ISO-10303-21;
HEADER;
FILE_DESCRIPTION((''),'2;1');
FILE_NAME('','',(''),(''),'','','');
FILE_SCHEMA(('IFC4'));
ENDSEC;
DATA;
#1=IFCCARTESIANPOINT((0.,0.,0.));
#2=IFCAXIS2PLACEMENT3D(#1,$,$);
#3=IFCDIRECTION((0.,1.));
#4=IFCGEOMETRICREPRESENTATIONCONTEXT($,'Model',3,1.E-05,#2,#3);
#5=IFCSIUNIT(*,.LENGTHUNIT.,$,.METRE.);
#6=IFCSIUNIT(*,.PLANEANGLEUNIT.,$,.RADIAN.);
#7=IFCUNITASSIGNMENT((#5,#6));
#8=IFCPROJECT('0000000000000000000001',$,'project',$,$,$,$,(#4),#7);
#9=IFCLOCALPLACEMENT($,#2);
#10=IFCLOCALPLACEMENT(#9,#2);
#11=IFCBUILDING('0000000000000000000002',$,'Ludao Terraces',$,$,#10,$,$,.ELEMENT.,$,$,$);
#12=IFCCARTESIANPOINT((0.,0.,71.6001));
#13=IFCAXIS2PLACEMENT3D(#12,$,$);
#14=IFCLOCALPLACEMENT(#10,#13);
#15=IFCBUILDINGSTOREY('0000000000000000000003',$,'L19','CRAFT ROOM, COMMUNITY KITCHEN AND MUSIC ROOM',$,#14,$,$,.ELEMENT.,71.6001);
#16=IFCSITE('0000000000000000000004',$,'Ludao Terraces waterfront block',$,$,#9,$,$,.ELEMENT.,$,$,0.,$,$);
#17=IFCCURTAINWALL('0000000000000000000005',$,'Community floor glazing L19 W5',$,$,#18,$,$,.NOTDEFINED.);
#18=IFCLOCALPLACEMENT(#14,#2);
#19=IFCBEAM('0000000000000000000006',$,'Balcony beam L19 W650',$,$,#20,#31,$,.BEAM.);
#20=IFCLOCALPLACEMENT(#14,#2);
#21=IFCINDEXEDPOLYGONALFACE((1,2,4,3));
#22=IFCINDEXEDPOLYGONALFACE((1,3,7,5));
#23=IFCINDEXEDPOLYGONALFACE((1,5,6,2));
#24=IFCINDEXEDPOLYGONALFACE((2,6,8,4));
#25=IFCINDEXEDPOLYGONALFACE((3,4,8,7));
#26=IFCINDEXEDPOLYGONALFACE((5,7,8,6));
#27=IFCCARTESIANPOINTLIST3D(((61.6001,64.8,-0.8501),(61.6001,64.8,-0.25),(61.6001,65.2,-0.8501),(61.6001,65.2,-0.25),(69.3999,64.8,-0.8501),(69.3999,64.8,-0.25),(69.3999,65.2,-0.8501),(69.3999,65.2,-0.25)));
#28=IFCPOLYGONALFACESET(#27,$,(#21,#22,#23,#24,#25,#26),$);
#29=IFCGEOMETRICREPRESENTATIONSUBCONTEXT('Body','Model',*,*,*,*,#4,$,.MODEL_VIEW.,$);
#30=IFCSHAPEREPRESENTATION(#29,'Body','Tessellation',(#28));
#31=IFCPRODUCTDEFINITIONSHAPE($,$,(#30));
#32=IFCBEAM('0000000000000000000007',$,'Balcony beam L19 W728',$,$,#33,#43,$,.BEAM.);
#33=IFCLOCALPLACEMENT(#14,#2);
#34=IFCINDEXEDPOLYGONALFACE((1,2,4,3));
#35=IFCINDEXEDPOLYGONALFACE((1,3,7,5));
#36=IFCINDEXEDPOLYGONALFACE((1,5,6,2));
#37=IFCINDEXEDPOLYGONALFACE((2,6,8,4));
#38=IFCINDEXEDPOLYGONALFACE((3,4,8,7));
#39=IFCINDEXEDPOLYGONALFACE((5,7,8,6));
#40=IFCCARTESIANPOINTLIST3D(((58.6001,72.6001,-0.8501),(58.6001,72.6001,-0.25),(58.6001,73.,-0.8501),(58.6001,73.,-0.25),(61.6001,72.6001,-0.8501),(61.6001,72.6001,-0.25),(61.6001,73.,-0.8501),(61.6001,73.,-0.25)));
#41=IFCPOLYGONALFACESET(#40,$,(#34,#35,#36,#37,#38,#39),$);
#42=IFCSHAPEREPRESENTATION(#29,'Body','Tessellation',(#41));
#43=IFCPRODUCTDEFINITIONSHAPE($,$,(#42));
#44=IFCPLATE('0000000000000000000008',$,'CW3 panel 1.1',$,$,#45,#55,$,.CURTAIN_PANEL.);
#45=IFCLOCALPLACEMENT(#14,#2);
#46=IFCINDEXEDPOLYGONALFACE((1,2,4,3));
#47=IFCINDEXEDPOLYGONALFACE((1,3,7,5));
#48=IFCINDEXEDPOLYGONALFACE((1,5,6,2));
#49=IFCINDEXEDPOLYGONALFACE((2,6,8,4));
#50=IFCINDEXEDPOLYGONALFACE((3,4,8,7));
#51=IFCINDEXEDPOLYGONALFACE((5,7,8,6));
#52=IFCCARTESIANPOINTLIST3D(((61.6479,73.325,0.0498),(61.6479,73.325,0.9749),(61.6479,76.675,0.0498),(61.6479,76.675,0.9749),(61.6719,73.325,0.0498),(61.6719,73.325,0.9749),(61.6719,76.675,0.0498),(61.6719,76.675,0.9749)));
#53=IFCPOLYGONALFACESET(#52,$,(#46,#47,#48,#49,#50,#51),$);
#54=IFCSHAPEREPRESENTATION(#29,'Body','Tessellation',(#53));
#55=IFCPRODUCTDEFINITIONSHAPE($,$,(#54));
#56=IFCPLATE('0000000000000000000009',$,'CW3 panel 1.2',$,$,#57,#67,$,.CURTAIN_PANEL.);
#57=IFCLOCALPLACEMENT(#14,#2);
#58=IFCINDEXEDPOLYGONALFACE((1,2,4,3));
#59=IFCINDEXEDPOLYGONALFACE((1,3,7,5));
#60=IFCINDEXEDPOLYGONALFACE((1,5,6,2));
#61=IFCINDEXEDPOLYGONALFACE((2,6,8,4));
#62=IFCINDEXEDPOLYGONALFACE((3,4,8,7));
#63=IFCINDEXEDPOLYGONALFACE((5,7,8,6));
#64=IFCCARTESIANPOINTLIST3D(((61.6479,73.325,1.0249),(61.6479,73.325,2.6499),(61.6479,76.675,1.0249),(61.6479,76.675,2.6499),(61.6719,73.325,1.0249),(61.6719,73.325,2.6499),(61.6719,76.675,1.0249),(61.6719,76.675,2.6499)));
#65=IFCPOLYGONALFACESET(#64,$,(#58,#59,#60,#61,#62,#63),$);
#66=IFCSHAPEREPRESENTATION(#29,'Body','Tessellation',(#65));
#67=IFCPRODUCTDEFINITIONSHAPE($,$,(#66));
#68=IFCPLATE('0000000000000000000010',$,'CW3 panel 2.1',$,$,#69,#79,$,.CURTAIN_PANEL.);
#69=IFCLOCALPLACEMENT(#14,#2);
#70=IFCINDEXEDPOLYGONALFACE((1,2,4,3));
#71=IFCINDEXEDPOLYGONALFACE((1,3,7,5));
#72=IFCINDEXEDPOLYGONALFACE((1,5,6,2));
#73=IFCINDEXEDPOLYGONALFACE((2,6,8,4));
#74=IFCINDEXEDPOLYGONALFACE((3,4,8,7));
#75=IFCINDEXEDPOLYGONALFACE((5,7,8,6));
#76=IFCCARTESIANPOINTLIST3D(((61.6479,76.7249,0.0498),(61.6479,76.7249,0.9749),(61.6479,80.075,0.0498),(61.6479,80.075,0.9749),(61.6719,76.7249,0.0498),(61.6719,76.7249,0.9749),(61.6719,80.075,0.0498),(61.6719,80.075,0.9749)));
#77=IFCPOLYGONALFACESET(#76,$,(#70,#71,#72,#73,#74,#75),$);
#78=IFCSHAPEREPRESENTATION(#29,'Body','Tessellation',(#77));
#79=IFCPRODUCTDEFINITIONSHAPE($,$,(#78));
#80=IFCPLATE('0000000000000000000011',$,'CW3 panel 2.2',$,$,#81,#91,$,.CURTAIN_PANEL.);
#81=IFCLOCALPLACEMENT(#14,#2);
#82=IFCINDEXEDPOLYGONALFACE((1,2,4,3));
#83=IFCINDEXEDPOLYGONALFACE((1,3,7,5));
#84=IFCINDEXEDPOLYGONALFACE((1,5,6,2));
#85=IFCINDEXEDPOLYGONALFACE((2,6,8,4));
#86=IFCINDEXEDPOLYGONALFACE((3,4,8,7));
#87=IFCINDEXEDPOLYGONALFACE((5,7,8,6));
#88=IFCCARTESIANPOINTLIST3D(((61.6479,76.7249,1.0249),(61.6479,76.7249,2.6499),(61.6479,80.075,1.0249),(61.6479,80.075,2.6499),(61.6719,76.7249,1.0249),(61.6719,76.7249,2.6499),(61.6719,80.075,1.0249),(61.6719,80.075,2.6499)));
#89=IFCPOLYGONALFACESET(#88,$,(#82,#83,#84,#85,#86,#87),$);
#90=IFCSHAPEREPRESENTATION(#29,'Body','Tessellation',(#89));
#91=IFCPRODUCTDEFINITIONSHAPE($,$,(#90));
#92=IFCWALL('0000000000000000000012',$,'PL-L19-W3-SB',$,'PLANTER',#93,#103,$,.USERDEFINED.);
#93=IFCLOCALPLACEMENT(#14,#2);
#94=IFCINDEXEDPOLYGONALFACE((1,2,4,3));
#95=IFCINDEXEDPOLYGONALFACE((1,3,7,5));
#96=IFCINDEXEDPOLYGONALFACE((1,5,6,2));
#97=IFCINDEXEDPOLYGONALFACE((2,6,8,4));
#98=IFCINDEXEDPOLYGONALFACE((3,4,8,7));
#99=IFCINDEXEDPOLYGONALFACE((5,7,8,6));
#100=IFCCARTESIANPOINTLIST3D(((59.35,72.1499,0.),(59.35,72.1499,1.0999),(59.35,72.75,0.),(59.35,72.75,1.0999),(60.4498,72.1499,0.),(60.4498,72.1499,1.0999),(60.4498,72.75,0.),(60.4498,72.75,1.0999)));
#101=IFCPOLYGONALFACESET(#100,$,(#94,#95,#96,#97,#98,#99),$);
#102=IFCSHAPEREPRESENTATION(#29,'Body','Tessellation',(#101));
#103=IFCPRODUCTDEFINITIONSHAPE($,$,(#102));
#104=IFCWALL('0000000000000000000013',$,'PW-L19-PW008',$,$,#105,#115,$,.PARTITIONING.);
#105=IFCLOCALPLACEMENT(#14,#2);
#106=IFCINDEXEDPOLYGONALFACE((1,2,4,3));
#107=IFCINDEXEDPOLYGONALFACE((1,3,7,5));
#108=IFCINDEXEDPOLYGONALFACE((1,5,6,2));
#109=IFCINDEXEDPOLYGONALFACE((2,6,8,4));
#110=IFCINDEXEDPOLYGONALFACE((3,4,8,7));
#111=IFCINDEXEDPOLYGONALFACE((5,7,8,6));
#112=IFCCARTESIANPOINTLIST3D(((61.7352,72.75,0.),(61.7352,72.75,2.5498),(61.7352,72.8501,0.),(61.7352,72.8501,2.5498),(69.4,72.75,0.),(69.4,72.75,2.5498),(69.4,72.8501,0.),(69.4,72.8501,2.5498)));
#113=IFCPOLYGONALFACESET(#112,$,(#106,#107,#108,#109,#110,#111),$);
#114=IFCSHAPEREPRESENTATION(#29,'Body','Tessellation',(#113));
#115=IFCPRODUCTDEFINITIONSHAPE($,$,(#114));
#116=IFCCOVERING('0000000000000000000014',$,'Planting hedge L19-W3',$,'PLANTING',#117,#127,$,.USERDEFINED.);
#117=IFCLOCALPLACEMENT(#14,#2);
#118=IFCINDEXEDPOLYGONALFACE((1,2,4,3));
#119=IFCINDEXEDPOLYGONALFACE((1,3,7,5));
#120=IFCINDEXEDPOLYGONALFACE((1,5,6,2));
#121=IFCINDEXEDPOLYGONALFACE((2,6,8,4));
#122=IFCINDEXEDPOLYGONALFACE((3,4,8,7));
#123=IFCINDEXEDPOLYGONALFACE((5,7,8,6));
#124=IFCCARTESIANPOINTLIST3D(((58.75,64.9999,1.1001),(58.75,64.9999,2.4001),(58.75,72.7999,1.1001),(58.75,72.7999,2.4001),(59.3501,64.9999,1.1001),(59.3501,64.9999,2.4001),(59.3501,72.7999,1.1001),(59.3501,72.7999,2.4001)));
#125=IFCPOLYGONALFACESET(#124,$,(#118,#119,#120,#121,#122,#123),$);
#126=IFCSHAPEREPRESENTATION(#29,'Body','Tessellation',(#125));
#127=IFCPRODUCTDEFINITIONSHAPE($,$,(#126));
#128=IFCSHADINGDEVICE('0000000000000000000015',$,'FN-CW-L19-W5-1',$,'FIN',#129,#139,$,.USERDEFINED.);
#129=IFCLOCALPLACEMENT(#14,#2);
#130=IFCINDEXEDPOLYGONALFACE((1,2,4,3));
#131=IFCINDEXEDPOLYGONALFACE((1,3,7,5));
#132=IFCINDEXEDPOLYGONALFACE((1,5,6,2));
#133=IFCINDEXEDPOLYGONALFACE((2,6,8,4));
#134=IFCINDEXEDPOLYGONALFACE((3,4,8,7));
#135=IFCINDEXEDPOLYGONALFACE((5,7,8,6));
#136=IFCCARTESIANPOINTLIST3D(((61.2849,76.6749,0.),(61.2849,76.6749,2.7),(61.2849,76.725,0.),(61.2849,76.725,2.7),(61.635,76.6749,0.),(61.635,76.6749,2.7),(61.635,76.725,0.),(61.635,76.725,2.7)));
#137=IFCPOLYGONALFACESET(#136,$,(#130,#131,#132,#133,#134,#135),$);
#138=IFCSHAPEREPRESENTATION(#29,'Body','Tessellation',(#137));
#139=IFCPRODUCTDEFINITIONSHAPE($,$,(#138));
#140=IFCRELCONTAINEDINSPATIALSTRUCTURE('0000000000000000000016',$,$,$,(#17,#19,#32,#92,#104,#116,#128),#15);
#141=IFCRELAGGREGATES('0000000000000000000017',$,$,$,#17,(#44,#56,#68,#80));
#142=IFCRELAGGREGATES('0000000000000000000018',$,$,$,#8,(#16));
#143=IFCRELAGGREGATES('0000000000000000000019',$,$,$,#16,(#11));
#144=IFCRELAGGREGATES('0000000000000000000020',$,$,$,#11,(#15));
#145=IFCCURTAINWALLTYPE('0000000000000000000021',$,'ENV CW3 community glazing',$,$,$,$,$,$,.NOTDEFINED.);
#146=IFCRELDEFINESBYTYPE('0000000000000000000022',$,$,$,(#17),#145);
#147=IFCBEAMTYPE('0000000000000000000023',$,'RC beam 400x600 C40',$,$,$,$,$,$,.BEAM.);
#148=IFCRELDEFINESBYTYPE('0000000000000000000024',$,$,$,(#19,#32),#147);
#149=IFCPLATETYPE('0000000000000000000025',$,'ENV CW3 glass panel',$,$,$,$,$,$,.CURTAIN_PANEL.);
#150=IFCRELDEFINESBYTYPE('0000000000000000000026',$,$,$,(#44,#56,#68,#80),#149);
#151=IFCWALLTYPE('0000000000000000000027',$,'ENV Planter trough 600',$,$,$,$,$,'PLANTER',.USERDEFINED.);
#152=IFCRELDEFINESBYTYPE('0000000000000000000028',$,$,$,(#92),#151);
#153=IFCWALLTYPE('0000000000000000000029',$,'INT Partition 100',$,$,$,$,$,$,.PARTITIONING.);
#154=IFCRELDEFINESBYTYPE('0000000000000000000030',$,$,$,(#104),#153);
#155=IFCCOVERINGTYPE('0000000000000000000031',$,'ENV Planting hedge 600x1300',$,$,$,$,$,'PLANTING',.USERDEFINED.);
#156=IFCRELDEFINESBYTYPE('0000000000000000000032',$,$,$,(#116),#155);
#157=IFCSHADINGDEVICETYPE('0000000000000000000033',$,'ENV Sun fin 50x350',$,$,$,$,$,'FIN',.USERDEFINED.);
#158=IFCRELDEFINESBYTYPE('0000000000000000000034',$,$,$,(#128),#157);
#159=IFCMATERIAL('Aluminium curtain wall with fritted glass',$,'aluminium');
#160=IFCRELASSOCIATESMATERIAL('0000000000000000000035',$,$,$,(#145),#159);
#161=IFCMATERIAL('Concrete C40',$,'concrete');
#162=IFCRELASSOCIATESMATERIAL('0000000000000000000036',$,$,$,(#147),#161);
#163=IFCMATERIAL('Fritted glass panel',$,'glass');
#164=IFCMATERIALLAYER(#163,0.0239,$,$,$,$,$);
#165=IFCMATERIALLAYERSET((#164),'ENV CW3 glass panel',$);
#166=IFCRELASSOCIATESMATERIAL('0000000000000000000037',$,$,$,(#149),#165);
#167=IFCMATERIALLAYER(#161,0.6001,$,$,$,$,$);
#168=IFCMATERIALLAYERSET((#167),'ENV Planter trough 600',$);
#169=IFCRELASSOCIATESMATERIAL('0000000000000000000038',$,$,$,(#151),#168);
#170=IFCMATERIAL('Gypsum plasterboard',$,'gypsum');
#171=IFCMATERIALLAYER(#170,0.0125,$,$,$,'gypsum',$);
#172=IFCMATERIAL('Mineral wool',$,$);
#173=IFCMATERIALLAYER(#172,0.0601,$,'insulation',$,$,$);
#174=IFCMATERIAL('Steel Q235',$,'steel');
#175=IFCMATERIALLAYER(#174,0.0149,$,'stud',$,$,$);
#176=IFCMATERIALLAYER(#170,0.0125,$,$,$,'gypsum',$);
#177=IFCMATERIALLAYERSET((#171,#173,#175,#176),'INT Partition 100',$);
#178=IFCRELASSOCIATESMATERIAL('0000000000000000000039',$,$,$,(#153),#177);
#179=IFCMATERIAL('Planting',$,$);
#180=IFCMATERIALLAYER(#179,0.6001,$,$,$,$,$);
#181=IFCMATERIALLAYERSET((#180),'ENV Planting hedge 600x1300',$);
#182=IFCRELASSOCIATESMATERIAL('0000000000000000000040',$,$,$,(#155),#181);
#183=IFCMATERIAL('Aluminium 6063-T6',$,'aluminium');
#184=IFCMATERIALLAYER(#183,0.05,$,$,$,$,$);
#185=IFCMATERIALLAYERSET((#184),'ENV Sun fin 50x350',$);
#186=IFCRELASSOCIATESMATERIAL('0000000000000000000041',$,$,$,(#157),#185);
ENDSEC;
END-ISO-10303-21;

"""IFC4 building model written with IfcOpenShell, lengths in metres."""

from ifc_helpers import new_model, si_unit, direction, frame, frame_2d, origin, origin_2d, place, context, subcontext, project, spatial, rectangle, extrude, material, layer, layer_set, material_profile, profile_set, type_object, element, aggregate, save


model = new_model("IFC4")

# Units and contexts
model_context = context("Model", 3, precision=1e-05, world=origin(), true_north=direction((0.0, 1.0)))
body_context = subcontext(model_context, "Body", "Model", "MODEL_VIEW")
ifc_project = project(units=[si_unit("LENGTHUNIT", "METRE"), si_unit("PLANEANGLEUNIT", "RADIAN")], contexts=[model_context])

# Site, building, storey
site_placement = place(None, origin())
site = spatial("IfcSite", under=ifc_project, at=site_placement, Name="Ludao Terraces waterfront block", CompositionType="ELEMENT", RefElevation=0.0)
building_placement = place(site_placement, origin())
building = spatial("IfcBuilding", under=site, at=building_placement, Name="Ludao Terraces", CompositionType="ELEMENT")
storey_placement = place(building_placement, frame((0.0, 0.0, 71.6001)))
storey = spatial("IfcBuildingStorey", under=building, at=storey_placement, Name="L19", Description="CRAFT ROOM, COMMUNITY KITCHEN AND MUSIC ROOM", CompositionType="ELEMENT", Elevation=71.6001)

# Curtain wall
ifc_material_1 = material(Name="Aluminium curtain wall with fritted glass", Category="aluminium")
curtain_wall_type = type_object("IfcCurtainWallType", Name="ENV CW3 community glazing", PredefinedType="NOTDEFINED", material=ifc_material_1)
curtain_wall_placement = place(storey_placement, origin())
curtain_wall = element("IfcCurtainWall", 1, at=curtain_wall_placement, inside=storey, type_object=curtain_wall_type, Name="Community floor glazing L19 W5", PredefinedType="NOTDEFINED")
ifc_material_2 = material(Name="Aluminium 6063-T6", Category="aluminium")

# Beams
ifc_material_3 = material(Name="Concrete C40", Category="concrete")
ifc_material_profile_1 = material_profile(ifc_material_3, rectangle(XDim=0.3999, YDim=0.6001, at=origin_2d()), Name="400 X 600")
ifc_profile_set_1 = profile_set([ifc_material_profile_1], Name="Concrete C40")
beam_type_1 = type_object("IfcBeamType", Name="RC beam 400x600 C40", PredefinedType="BEAM", material=ifc_profile_set_1)
beam_1_placement = place(storey_placement, frame((69.3999, 65.0, -0.55), z_axis=(-1.0, 0.0, 0.0), x_axis=(0.0, -1.0, 0.0)))
element("IfcBeam", 2, at=beam_1_placement, inside=storey, type_object=beam_type_1, Name="Balcony beam L19 W650", PredefinedType="BEAM", context=body_context, shape_type="SweptSolid", body=[
    extrude(rectangle(XDim=0.3999, YDim=0.6001, at=origin_2d()), origin(), (0.0, 0.0, 1.0), 7.7998),
])
beam_2_placement = place(storey_placement, frame((61.6001, 72.8, -0.55), z_axis=(-1.0, 0.0, 0.0), x_axis=(0.0, -1.0, 0.0)))
element("IfcBeam", 3, at=beam_2_placement, inside=storey, type_object=beam_type_1, Name="Balcony beam L19 W728", PredefinedType="BEAM", context=body_context, shape_type="SweptSolid", body=[
    extrude(rectangle(XDim=0.3999, YDim=0.6001, at=origin_2d()), origin(), (0.0, 0.0, 1.0), 3.0),
])

# Plates
ifc_material_4 = material(Name="Fritted glass panel", Category="glass")
ifc_layer_1 = layer(ifc_material_4, 0.0239)
ifc_layer_set_1 = layer_set([ifc_layer_1], Name="ENV CW3 glass panel")
plate_type = type_object("IfcPlateType", Name="ENV CW3 glass panel", PredefinedType="CURTAIN_PANEL", material=ifc_layer_set_1)
plate_1_placement = place(storey_placement, frame((61.6599, 75.0, 0.0498), z_axis=(0.0, 0.0, 1.0), x_axis=(0.0, 1.0, 0.0)))
plate_1 = element("IfcPlate", 4, at=plate_1_placement, type_object=plate_type, Name="CW3 panel 1.1", PredefinedType="CURTAIN_PANEL", context=body_context, shape_type="SweptSolid", body=[
    extrude(rectangle(XDim=3.3501, YDim=0.0239, at=origin_2d()), origin(), (0.0, 0.0, 1.0), 0.925),
])
plate_2_placement = place(storey_placement, frame((61.6599, 75.0, 1.0249), z_axis=(0.0, 0.0, 1.0), x_axis=(0.0, 1.0, 0.0)))
plate_2 = element("IfcPlate", 5, at=plate_2_placement, type_object=plate_type, Name="CW3 panel 1.2", PredefinedType="CURTAIN_PANEL", context=body_context, shape_type="SweptSolid", body=[
    extrude(rectangle(XDim=3.3501, YDim=0.0239, at=origin_2d()), origin(), (0.0, 0.0, 1.0), 1.625),
])
plate_3_placement = place(storey_placement, frame((61.6599, 78.3999, 0.0498), z_axis=(0.0, 0.0, 1.0), x_axis=(0.0, 1.0, 0.0)))
plate_3 = element("IfcPlate", 6, at=plate_3_placement, type_object=plate_type, Name="CW3 panel 2.1", PredefinedType="CURTAIN_PANEL", context=body_context, shape_type="SweptSolid", body=[
    extrude(rectangle(XDim=3.3501, YDim=0.0239, at=origin_2d()), origin(), (0.0, 0.0, 1.0), 0.925),
])
plate_4_placement = place(storey_placement, frame((61.6599, 78.3999, 1.0249), z_axis=(0.0, 0.0, 1.0), x_axis=(0.0, 1.0, 0.0)))
plate_4 = element("IfcPlate", 7, at=plate_4_placement, type_object=plate_type, Name="CW3 panel 2.2", PredefinedType="CURTAIN_PANEL", context=body_context, shape_type="SweptSolid", body=[
    extrude(rectangle(XDim=3.3501, YDim=0.0239, at=origin_2d()), origin(), (0.0, 0.0, 1.0), 1.625),
])
aggregate(curtain_wall, [plate_1, plate_2, plate_3, plate_4])

# Wall
ifc_layer_2 = layer(ifc_material_3, 0.6001)
ifc_layer_set_2 = layer_set([ifc_layer_2], Name="ENV Planter trough 600")
wall_type_1 = type_object("IfcWallType", Name="ENV Planter trough 600", ElementType="PLANTER", PredefinedType="USERDEFINED", material=ifc_layer_set_2)
wall_1_placement = place(storey_placement, frame((59.3501, 72.45, 0.0), z_axis=(0.0, 0.0, 1.0), x_axis=(1.0, 0.0, 0.0)))
element("IfcWall", 8, at=wall_1_placement, inside=storey, type_object=wall_type_1, Name="PL-L19-W3-SB", ObjectType="PLANTER", PredefinedType="USERDEFINED", context=body_context, shape_type="SweptSolid", body=[
    extrude(rectangle(XDim=1.0999, YDim=0.6001, at=frame_2d((0.5498, 0.0))), origin(), (0.0, 0.0, 1.0), 1.0999),
])

# Shared definitions
ifc_material_5 = material(Name="Mineral wool")

# Wall
ifc_material_6 = material(Name="Gypsum plasterboard", Category="gypsum")
ifc_layer_3 = layer(ifc_material_6, 0.0125, Category="gypsum")
ifc_layer_4 = layer(ifc_material_5, 0.0601, Name="insulation")
ifc_material_7 = material(Name="Steel Q235", Category="steel")
ifc_layer_5 = layer(ifc_material_7, 0.0149, Name="stud")
ifc_layer_6 = layer(ifc_material_6, 0.0125, Category="gypsum")
ifc_layer_set_3 = layer_set([ifc_layer_3, ifc_layer_4, ifc_layer_5, ifc_layer_6], Name="INT Partition 100")
wall_type_2 = type_object("IfcWallType", Name="INT Partition 100", PredefinedType="PARTITIONING", material=ifc_layer_set_3)
wall_2_placement = place(storey_placement, frame((61.7351, 72.8, 0.0), z_axis=(0.0, 0.0, 1.0), x_axis=(1.0, 0.0, 0.0)))
element("IfcWall", 9, at=wall_2_placement, inside=storey, type_object=wall_type_2, Name="PW-L19-PW008", PredefinedType="PARTITIONING", context=body_context, shape_type="SweptSolid", body=[
    extrude(rectangle(XDim=7.6648, YDim=0.1001, at=frame_2d((3.8325, 0.0))), origin(), (0.0, 0.0, 1.0), 2.5498),
])

# Covering
ifc_material_8 = material(Name="Planting")
ifc_layer_7 = layer(ifc_material_8, 0.6001)
ifc_layer_set_4 = layer_set([ifc_layer_7], Name="ENV Planting hedge 600x1300")
covering_type = type_object("IfcCoveringType", Name="ENV Planting hedge 600x1300", ElementType="PLANTING", PredefinedType="USERDEFINED", material=ifc_layer_set_4)
covering_placement = place(storey_placement, frame((59.05, 68.8999, 1.1001), z_axis=(0.0, 0.0, 1.0), x_axis=(1.0, 0.0, 0.0)))
element("IfcCovering", 10, at=covering_placement, inside=storey, type_object=covering_type, Name="Planting hedge L19-W3", ObjectType="PLANTING", PredefinedType="USERDEFINED", context=body_context, shape_type="SweptSolid", body=[
    extrude(rectangle(XDim=0.6001, YDim=7.8, at=origin_2d()), origin(), (0.0, 0.0, 1.0), 1.3),
])

# Shading device
ifc_layer_8 = layer(ifc_material_2, 0.05)
ifc_layer_set_5 = layer_set([ifc_layer_8], Name="ENV Sun fin 50x350")
shading_device_type = type_object("IfcShadingDeviceType", Name="ENV Sun fin 50x350", ElementType="FIN", PredefinedType="USERDEFINED", material=ifc_layer_set_5)
shading_device_placement = place(storey_placement, frame((61.46, 76.7, 0.0), z_axis=(0.0, 0.0, 1.0), x_axis=(1.0, 0.0, 0.0)))
element("IfcShadingDevice", 11, at=shading_device_placement, inside=storey, type_object=shading_device_type, Name="FN-CW-L19-W5-1", ObjectType="FIN", PredefinedType="USERDEFINED", context=body_context, shape_type="SweptSolid", body=[
    extrude(rectangle(XDim=0.3501, YDim=0.05, at=origin_2d()), origin(), (0.0, 0.0, 1.0), 2.7),
])

save(model, "model.ifc")
